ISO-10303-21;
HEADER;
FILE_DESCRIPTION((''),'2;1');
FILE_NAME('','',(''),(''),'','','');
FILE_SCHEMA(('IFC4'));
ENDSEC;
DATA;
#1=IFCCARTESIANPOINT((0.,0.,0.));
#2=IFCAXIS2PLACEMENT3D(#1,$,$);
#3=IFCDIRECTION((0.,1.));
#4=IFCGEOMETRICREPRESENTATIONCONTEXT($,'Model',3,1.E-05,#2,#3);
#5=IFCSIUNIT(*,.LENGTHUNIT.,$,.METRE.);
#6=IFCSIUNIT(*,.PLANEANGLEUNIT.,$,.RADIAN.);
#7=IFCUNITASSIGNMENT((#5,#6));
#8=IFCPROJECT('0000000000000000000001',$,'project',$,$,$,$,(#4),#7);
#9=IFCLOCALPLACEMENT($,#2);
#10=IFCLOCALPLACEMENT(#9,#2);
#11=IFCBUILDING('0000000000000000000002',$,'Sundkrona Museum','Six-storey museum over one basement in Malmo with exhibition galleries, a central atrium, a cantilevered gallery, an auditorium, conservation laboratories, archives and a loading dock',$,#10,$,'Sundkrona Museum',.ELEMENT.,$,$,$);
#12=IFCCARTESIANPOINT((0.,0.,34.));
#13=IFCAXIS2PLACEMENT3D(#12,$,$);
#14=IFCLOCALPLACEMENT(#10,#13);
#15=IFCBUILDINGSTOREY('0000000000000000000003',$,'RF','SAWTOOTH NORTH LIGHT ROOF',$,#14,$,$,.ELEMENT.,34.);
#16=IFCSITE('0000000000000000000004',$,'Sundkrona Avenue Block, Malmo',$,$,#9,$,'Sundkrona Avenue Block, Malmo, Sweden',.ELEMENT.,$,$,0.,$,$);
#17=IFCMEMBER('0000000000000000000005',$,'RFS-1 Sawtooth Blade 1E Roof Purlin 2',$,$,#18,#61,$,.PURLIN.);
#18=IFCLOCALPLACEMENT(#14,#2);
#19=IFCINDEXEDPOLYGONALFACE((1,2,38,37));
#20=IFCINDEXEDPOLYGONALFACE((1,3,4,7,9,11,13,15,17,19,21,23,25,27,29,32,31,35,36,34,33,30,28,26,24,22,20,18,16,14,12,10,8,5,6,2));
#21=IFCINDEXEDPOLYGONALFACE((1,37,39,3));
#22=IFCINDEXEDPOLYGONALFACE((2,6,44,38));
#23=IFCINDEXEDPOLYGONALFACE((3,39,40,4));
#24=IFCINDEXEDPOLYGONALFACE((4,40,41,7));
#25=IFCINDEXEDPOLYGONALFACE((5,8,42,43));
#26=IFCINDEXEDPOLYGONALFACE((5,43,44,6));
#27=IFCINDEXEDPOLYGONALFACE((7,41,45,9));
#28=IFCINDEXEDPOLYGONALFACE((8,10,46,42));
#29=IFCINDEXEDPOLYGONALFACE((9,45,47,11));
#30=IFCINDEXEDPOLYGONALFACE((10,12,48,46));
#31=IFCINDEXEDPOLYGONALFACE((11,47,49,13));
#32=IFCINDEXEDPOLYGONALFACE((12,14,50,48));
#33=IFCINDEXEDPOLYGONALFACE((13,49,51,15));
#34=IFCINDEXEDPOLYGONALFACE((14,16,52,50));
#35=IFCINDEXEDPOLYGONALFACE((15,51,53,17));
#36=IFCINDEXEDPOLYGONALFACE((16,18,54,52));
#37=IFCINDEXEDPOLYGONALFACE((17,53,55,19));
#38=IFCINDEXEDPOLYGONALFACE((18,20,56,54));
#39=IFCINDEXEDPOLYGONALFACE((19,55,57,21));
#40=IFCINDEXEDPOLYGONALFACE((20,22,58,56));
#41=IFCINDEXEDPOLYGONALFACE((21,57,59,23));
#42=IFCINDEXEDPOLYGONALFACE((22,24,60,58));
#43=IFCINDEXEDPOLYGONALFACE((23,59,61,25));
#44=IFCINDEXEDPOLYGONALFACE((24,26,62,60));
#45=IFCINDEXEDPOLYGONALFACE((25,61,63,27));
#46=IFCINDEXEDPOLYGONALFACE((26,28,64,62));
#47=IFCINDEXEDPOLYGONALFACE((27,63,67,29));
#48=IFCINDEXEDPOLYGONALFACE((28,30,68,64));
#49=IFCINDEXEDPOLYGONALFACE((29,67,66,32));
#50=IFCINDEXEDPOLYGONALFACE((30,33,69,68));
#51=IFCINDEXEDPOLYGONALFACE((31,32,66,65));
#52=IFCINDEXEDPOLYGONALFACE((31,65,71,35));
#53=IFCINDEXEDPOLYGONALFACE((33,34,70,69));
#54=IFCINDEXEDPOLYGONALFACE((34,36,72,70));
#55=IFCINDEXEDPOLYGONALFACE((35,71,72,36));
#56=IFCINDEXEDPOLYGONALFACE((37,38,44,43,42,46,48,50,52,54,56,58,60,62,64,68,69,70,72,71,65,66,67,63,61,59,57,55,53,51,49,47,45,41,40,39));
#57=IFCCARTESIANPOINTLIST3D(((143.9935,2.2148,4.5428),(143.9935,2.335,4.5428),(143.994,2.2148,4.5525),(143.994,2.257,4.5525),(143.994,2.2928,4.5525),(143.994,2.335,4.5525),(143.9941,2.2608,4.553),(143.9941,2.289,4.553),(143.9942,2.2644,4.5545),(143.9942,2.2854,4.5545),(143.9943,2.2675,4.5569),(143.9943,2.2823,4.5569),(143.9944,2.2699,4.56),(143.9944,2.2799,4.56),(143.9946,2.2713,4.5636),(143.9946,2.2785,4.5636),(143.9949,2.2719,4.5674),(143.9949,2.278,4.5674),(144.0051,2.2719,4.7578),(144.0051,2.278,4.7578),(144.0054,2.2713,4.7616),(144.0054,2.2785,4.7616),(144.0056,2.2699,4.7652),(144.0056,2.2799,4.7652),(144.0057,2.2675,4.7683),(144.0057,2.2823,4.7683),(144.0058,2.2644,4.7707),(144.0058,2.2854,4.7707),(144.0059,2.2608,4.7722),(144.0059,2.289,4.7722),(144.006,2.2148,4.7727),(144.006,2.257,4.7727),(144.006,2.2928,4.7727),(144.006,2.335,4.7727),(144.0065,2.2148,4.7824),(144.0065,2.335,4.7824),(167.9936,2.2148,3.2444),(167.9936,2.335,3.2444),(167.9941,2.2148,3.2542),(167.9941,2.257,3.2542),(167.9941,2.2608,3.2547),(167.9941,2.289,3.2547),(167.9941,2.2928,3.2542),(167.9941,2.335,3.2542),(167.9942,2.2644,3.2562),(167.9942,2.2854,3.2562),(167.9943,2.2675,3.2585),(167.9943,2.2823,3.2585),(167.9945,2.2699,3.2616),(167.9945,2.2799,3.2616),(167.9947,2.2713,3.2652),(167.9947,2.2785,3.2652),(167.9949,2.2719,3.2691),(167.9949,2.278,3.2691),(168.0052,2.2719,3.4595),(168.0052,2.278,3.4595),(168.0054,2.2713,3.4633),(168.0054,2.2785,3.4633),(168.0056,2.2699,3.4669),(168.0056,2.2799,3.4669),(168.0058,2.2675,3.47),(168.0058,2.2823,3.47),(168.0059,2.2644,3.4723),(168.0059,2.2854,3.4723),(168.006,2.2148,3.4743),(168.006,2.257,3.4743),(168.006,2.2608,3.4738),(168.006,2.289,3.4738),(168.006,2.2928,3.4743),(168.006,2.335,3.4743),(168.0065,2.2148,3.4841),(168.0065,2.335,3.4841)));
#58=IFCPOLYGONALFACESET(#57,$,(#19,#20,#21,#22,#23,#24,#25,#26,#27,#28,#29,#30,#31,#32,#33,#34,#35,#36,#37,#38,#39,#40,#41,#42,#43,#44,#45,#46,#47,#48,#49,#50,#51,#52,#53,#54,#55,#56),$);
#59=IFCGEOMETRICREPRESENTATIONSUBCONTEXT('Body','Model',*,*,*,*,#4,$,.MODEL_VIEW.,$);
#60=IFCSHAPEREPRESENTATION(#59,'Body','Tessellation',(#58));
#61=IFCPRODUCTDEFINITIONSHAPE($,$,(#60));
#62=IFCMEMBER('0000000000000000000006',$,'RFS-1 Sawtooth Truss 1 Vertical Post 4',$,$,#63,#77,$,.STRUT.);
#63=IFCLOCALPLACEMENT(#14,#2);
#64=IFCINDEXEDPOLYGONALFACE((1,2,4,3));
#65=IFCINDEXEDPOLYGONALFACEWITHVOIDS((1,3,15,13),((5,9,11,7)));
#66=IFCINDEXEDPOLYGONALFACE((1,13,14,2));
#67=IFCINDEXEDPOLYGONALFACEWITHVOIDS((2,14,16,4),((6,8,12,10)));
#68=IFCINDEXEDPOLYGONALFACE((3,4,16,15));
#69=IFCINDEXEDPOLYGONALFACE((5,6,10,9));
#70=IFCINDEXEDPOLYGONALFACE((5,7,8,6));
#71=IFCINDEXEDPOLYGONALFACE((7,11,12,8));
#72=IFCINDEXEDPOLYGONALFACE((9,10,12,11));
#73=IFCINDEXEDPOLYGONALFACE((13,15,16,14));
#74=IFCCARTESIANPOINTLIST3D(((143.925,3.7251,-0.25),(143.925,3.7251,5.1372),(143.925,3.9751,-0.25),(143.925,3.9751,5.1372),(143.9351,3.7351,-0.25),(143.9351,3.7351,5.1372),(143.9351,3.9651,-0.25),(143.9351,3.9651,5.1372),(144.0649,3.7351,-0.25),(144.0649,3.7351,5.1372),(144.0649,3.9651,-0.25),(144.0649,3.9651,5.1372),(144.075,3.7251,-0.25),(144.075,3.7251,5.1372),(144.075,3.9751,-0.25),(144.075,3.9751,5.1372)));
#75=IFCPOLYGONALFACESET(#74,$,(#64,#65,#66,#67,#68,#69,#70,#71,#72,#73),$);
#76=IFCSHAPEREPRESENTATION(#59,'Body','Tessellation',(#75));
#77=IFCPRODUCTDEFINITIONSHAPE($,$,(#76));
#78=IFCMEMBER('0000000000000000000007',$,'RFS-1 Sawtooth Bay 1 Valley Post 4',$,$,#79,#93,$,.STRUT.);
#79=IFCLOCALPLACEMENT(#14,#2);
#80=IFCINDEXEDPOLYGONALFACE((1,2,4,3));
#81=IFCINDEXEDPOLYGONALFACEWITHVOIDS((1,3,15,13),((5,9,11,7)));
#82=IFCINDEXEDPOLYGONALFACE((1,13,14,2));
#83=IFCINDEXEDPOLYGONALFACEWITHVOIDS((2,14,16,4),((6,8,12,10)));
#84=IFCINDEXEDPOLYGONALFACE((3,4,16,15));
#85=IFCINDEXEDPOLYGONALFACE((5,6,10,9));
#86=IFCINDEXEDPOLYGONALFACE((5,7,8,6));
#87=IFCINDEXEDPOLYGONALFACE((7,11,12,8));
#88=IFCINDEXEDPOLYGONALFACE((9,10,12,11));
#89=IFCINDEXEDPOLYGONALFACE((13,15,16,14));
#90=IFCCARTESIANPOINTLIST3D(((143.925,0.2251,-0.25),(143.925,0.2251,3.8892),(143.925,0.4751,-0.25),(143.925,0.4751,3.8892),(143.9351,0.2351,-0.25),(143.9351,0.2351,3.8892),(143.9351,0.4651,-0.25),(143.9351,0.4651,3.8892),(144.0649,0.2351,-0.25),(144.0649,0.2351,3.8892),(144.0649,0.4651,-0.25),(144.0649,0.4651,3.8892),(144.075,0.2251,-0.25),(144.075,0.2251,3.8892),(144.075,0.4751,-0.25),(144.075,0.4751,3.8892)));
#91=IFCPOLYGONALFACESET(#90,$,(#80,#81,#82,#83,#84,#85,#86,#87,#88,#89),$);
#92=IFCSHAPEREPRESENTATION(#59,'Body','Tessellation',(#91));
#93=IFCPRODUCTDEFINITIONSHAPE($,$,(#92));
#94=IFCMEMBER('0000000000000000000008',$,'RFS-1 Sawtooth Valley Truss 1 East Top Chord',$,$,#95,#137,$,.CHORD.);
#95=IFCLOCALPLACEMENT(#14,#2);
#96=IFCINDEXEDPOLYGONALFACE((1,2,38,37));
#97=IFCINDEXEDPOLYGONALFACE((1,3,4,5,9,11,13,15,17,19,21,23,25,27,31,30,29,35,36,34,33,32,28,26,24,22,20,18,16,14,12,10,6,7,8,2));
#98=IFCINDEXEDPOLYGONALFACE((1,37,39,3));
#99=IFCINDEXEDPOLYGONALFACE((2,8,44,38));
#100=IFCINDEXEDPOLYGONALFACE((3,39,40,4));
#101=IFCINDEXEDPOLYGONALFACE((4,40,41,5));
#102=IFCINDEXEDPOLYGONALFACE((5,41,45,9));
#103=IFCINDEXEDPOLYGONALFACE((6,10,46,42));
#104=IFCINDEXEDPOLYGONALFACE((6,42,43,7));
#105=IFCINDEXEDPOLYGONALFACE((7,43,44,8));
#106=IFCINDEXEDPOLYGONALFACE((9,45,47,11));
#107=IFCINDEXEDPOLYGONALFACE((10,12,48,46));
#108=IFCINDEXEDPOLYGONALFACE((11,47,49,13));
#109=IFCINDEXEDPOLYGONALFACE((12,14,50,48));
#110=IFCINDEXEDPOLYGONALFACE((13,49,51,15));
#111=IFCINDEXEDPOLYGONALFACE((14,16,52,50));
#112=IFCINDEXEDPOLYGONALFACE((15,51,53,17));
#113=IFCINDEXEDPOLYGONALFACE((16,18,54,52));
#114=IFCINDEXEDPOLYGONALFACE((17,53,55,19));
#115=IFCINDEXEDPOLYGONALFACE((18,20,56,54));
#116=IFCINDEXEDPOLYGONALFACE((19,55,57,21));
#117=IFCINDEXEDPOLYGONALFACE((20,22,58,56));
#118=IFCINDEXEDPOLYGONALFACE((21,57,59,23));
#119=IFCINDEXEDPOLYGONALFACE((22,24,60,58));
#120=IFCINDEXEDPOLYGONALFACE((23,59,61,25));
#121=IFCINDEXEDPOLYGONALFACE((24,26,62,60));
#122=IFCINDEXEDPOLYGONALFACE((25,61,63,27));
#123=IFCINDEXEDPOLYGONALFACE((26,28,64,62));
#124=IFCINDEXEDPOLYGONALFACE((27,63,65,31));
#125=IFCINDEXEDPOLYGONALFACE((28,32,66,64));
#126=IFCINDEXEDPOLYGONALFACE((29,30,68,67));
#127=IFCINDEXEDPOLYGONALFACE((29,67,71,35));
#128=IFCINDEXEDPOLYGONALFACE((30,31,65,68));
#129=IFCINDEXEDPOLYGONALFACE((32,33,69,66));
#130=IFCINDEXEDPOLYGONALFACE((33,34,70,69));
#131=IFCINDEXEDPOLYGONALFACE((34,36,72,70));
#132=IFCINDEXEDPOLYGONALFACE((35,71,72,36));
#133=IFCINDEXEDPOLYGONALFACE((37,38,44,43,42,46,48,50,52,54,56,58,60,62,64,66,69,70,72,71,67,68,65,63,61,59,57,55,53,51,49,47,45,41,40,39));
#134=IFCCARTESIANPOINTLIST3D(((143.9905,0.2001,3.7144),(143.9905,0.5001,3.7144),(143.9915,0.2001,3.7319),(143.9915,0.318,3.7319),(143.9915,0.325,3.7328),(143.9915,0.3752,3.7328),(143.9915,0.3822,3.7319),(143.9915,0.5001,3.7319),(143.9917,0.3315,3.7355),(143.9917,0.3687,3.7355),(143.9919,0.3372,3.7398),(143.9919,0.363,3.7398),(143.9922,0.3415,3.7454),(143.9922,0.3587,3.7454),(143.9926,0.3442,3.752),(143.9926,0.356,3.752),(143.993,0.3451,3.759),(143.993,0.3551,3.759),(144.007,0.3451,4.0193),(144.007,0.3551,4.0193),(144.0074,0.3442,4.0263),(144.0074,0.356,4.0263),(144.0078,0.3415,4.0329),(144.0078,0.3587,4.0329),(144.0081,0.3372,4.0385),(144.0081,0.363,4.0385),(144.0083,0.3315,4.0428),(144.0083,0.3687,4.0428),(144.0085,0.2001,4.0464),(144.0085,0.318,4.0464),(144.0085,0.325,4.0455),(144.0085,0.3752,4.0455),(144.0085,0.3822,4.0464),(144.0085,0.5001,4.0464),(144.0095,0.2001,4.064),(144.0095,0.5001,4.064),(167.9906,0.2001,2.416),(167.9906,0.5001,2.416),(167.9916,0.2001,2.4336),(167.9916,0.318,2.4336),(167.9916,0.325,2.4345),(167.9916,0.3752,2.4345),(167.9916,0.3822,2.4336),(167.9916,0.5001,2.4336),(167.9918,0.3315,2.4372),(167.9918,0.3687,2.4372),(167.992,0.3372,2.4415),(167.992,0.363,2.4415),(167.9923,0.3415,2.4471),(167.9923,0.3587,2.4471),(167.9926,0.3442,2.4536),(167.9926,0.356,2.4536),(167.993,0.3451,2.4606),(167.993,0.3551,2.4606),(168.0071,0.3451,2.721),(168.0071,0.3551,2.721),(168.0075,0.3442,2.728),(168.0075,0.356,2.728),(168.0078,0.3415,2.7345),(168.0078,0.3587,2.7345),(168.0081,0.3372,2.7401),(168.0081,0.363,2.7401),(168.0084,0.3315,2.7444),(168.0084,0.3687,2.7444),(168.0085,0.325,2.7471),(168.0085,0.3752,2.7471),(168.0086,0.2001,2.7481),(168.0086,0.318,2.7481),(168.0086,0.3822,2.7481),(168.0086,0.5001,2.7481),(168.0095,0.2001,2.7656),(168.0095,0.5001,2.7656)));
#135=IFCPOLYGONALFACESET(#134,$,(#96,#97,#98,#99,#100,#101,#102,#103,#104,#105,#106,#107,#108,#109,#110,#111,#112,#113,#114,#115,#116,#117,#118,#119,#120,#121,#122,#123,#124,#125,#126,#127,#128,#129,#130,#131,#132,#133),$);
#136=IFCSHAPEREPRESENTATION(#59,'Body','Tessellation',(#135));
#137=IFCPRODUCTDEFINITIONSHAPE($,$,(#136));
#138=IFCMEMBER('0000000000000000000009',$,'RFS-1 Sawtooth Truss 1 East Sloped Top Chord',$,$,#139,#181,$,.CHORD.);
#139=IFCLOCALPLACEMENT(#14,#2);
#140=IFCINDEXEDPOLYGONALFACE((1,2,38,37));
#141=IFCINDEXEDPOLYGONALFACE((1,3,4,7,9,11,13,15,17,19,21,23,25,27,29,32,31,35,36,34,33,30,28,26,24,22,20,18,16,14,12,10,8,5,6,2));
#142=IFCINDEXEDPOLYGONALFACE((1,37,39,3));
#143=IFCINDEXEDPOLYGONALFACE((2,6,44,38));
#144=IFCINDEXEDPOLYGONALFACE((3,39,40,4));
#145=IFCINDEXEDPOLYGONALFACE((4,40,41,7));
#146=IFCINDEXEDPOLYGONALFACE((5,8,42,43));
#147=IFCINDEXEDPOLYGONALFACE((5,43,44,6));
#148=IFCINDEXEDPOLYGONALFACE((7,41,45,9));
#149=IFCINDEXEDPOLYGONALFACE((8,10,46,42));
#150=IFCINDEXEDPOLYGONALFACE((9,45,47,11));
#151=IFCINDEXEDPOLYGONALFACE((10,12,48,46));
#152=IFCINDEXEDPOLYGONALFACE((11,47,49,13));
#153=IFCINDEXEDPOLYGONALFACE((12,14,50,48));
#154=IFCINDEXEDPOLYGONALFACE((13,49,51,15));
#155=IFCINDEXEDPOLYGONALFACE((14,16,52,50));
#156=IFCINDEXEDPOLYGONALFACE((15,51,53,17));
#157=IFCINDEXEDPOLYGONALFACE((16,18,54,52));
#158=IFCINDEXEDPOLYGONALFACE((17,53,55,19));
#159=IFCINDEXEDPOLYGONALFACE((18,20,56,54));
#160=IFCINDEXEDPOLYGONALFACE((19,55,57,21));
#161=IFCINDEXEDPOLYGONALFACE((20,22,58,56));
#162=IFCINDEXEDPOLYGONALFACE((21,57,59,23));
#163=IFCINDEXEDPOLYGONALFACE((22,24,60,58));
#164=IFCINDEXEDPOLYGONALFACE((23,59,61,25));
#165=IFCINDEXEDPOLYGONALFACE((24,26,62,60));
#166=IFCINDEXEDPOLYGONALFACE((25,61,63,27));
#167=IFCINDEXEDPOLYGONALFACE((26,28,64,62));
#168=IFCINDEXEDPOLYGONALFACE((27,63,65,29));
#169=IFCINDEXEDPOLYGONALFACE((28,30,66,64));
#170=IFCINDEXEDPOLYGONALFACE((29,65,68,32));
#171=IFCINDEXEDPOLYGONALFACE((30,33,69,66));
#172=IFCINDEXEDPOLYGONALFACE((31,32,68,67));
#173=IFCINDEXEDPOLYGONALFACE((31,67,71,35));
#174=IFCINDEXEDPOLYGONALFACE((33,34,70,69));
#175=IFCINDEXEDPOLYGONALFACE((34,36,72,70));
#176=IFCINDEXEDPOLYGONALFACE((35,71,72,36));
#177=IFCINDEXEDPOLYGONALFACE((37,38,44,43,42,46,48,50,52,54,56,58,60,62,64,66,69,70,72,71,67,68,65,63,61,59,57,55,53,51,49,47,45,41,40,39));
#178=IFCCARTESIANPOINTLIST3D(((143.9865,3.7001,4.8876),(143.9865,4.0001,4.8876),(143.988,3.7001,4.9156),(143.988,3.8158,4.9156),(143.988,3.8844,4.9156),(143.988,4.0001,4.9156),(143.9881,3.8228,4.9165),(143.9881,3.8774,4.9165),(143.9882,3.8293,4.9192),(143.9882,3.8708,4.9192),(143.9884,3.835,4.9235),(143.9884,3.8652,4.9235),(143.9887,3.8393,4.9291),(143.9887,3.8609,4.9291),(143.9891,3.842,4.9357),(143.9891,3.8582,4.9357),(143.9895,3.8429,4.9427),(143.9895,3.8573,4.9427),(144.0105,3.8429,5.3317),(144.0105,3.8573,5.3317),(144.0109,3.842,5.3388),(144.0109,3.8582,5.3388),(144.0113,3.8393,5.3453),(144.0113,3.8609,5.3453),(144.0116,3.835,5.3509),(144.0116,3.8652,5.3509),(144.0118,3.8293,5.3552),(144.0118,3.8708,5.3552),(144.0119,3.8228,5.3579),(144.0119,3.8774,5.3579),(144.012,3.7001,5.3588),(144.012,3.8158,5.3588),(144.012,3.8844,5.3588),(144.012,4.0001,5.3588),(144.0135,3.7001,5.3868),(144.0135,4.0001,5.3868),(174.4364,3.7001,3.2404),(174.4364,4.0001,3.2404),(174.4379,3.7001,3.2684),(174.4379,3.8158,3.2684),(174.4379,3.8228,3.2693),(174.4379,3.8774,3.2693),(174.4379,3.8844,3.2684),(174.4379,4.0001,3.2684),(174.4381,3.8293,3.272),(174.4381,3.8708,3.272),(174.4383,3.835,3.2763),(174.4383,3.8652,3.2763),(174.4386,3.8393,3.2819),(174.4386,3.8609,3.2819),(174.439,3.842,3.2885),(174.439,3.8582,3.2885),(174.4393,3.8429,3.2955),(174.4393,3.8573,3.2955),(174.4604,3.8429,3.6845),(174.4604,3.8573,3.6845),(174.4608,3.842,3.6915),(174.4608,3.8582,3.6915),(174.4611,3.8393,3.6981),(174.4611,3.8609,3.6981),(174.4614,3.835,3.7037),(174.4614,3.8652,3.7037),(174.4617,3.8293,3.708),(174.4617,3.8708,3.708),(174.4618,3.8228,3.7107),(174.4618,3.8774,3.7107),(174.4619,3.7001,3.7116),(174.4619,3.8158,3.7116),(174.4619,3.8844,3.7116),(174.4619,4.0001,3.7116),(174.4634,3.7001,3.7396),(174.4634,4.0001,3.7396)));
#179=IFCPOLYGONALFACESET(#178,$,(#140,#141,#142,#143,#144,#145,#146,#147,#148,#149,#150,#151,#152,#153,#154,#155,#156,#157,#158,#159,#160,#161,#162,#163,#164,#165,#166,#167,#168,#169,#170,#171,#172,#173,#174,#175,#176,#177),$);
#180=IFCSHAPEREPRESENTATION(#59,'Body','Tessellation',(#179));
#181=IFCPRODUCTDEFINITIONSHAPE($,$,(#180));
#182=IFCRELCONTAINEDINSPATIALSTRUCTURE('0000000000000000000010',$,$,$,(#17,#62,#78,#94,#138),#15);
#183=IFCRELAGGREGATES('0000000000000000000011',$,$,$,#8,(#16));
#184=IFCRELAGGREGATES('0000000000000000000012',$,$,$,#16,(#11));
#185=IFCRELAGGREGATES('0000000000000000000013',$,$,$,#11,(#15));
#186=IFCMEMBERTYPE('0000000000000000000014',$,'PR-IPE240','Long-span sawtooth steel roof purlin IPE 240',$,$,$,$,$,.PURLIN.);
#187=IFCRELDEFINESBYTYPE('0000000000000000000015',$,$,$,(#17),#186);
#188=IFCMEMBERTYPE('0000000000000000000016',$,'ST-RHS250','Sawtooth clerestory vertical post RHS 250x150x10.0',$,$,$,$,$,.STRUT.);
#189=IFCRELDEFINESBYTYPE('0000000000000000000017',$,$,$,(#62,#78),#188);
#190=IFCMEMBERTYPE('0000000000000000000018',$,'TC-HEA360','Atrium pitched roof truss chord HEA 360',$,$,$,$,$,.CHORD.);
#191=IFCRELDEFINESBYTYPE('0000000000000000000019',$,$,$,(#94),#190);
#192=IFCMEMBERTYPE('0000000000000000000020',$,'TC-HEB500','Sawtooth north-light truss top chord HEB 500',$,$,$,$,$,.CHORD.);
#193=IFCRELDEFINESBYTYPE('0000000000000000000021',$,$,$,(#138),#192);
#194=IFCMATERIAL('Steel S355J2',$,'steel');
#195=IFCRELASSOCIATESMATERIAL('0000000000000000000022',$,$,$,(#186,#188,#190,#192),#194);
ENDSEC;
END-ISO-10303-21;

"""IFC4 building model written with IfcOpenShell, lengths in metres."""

from ifc_helpers import new_model, si_unit, direction, frame, origin, origin_2d, place, context, subcontext, project, spatial, hollow_rectangle, i_section, extrude, material, material_profile, profile_set, type_object, element, save


model = new_model("IFC4")

# Units and contexts
model_context = context("Model", 3, precision=1e-05, world=origin(), true_north=direction((0.0, 1.0)))
body_context = subcontext(model_context, "Body", "Model", "MODEL_VIEW")
ifc_project = project(units=[si_unit("LENGTHUNIT", "METRE"), si_unit("PLANEANGLEUNIT", "RADIAN")], contexts=[model_context])

# Site, building, storey
site_placement = place(None, origin())
site = spatial("IfcSite", under=ifc_project, at=site_placement, Name="Sundkrona Avenue Block, Malmo", LongName="Sundkrona Avenue Block, Malmo, Sweden", CompositionType="ELEMENT", RefElevation=0.0)
building_placement = place(site_placement, origin())
building = spatial("IfcBuilding", under=site, at=building_placement, Name="Sundkrona Museum", Description="Six-storey museum over one basement in Malmo with exhibition galleries, a central atrium, a cantilevered gallery, an auditorium, conservation laboratories, archives and a loading dock", LongName="Sundkrona Museum", CompositionType="ELEMENT")
storey_placement = place(building_placement, frame((0.0, 0.0, 34.0)))
storey = spatial("IfcBuildingStorey", under=building, at=storey_placement, Name="RF", Description="SAWTOOTH NORTH LIGHT ROOF", CompositionType="ELEMENT", Elevation=34.0)

# Members
ifc_material_1 = material(Name="Steel S355J2", Category="steel")
ifc_material_profile_1 = material_profile(ifc_material_1, i_section(OverallWidth=0.1201, OverallDepth=0.24, WebThickness=0.0061, FlangeThickness=0.0098, FilletRadius=0.0149, at=origin_2d()), Name="IPE 240")
ifc_profile_set_1 = profile_set([ifc_material_profile_1], Name="Steel S355J2")
member_type_1 = type_object("IfcMemberType", Name="PR-IPE240", Description="Long-span sawtooth steel roof purlin IPE 240", PredefinedType="PURLIN", material=ifc_profile_set_1)
member_1_placement = place(storey_placement, frame((144.0, 2.2749, 4.6626), z_axis=(0.99854, 0.0, -0.054019), x_axis=(0.0, 1.0, 0.0)))
element("IfcMember", 1, at=member_1_placement, inside=storey, type_object=member_type_1, Name="RFS-1 Sawtooth Blade 1E Roof Purlin 2", PredefinedType="PURLIN", context=body_context, shape_type="SweptSolid", body=[
    extrude(i_section(OverallWidth=0.1201, OverallDepth=0.24, WebThickness=0.0061, FlangeThickness=0.0098, FilletRadius=0.0149, at=origin_2d()), origin(), (0.0, 0.0, 1.0), 24.0352),
])
ifc_material_profile_2 = material_profile(ifc_material_1, hollow_rectangle(XDim=0.1499, YDim=0.25, WallThickness=0.01, at=origin_2d()), Name="RHS 250x150x10.0")
ifc_profile_set_2 = profile_set([ifc_material_profile_2], Name="Steel S355J2")
member_type_2 = type_object("IfcMemberType", Name="ST-RHS250", Description="Sawtooth clerestory vertical post RHS 250x150x10.0", PredefinedType="STRUT", material=ifc_profile_set_2)
member_2_placement = place(storey_placement, frame((144.0, 3.8501, -0.25), z_axis=(0.0, 0.0, 1.0), x_axis=(1.0, 0.0, 0.0)))
element("IfcMember", 2, at=member_2_placement, inside=storey, type_object=member_type_2, Name="RFS-1 Sawtooth Truss 1 Vertical Post 4", PredefinedType="STRUT", context=body_context, shape_type="SweptSolid", body=[
    extrude(hollow_rectangle(XDim=0.1499, YDim=0.25, WallThickness=0.01, at=origin_2d()), origin(), (0.0, 0.0, 1.0), 5.3872),
])
member_3_placement = place(storey_placement, frame((144.0, 0.3501, -0.25), z_axis=(0.0, 0.0, 1.0), x_axis=(1.0, 0.0, 0.0)))
element("IfcMember", 3, at=member_3_placement, inside=storey, type_object=member_type_2, Name="RFS-1 Sawtooth Bay 1 Valley Post 4", PredefinedType="STRUT", context=body_context, shape_type="SweptSolid", body=[
    extrude(hollow_rectangle(XDim=0.1499, YDim=0.25, WallThickness=0.01, at=origin_2d()), origin(), (0.0, 0.0, 1.0), 4.1392),
])
ifc_material_profile_3 = material_profile(ifc_material_1, i_section(OverallWidth=0.3, OverallDepth=0.3501, WebThickness=0.01, FlangeThickness=0.0176, FilletRadius=0.0271, at=origin_2d()), Name="HEA 360")
ifc_profile_set_3 = profile_set([ifc_material_profile_3], Name="Steel S355J2")
member_type_3 = type_object("IfcMemberType", Name="TC-HEA360", Description="Atrium pitched roof truss chord HEA 360", PredefinedType="CHORD", material=ifc_profile_set_3)
member_4_placement = place(storey_placement, frame((144.0, 0.3501, 3.8892), z_axis=(0.99854, 0.0, -0.054019), x_axis=(0.0, 1.0, 0.0)))
element("IfcMember", 4, at=member_4_placement, inside=storey, type_object=member_type_3, Name="RFS-1 Sawtooth Valley Truss 1 East Top Chord", PredefinedType="CHORD", context=body_context, shape_type="SweptSolid", body=[
    extrude(i_section(OverallWidth=0.3, OverallDepth=0.3501, WebThickness=0.01, FlangeThickness=0.0176, FilletRadius=0.0271, at=origin_2d()), origin(), (0.0, 0.0, 1.0), 24.0352),
])
ifc_material_profile_4 = material_profile(ifc_material_1, i_section(OverallWidth=0.3, OverallDepth=0.5, WebThickness=0.0144, FlangeThickness=0.0281, FilletRadius=0.0271, at=origin_2d()), Name="HEB 500")
ifc_profile_set_4 = profile_set([ifc_material_profile_4], Name="Steel S355J2")
member_type_4 = type_object("IfcMemberType", Name="TC-HEB500", Description="Sawtooth north-light truss top chord HEB 500", PredefinedType="CHORD", material=ifc_profile_set_4)
member_5_placement = place(storey_placement, frame((144.0, 3.8501, 5.1372), z_axis=(0.99854, 0.0, -0.054017), x_axis=(0.0, 1.0, 0.0)))
element("IfcMember", 5, at=member_5_placement, inside=storey, type_object=member_type_4, Name="RFS-1 Sawtooth Truss 1 East Sloped Top Chord", PredefinedType="CHORD", context=body_context, shape_type="SweptSolid", body=[
    extrude(i_section(OverallWidth=0.3, OverallDepth=0.5, WebThickness=0.0144, FlangeThickness=0.0281, FilletRadius=0.0271, at=origin_2d()), origin(), (0.0, 0.0, 1.0), 30.4944),
])

save(model, "model.ifc")
